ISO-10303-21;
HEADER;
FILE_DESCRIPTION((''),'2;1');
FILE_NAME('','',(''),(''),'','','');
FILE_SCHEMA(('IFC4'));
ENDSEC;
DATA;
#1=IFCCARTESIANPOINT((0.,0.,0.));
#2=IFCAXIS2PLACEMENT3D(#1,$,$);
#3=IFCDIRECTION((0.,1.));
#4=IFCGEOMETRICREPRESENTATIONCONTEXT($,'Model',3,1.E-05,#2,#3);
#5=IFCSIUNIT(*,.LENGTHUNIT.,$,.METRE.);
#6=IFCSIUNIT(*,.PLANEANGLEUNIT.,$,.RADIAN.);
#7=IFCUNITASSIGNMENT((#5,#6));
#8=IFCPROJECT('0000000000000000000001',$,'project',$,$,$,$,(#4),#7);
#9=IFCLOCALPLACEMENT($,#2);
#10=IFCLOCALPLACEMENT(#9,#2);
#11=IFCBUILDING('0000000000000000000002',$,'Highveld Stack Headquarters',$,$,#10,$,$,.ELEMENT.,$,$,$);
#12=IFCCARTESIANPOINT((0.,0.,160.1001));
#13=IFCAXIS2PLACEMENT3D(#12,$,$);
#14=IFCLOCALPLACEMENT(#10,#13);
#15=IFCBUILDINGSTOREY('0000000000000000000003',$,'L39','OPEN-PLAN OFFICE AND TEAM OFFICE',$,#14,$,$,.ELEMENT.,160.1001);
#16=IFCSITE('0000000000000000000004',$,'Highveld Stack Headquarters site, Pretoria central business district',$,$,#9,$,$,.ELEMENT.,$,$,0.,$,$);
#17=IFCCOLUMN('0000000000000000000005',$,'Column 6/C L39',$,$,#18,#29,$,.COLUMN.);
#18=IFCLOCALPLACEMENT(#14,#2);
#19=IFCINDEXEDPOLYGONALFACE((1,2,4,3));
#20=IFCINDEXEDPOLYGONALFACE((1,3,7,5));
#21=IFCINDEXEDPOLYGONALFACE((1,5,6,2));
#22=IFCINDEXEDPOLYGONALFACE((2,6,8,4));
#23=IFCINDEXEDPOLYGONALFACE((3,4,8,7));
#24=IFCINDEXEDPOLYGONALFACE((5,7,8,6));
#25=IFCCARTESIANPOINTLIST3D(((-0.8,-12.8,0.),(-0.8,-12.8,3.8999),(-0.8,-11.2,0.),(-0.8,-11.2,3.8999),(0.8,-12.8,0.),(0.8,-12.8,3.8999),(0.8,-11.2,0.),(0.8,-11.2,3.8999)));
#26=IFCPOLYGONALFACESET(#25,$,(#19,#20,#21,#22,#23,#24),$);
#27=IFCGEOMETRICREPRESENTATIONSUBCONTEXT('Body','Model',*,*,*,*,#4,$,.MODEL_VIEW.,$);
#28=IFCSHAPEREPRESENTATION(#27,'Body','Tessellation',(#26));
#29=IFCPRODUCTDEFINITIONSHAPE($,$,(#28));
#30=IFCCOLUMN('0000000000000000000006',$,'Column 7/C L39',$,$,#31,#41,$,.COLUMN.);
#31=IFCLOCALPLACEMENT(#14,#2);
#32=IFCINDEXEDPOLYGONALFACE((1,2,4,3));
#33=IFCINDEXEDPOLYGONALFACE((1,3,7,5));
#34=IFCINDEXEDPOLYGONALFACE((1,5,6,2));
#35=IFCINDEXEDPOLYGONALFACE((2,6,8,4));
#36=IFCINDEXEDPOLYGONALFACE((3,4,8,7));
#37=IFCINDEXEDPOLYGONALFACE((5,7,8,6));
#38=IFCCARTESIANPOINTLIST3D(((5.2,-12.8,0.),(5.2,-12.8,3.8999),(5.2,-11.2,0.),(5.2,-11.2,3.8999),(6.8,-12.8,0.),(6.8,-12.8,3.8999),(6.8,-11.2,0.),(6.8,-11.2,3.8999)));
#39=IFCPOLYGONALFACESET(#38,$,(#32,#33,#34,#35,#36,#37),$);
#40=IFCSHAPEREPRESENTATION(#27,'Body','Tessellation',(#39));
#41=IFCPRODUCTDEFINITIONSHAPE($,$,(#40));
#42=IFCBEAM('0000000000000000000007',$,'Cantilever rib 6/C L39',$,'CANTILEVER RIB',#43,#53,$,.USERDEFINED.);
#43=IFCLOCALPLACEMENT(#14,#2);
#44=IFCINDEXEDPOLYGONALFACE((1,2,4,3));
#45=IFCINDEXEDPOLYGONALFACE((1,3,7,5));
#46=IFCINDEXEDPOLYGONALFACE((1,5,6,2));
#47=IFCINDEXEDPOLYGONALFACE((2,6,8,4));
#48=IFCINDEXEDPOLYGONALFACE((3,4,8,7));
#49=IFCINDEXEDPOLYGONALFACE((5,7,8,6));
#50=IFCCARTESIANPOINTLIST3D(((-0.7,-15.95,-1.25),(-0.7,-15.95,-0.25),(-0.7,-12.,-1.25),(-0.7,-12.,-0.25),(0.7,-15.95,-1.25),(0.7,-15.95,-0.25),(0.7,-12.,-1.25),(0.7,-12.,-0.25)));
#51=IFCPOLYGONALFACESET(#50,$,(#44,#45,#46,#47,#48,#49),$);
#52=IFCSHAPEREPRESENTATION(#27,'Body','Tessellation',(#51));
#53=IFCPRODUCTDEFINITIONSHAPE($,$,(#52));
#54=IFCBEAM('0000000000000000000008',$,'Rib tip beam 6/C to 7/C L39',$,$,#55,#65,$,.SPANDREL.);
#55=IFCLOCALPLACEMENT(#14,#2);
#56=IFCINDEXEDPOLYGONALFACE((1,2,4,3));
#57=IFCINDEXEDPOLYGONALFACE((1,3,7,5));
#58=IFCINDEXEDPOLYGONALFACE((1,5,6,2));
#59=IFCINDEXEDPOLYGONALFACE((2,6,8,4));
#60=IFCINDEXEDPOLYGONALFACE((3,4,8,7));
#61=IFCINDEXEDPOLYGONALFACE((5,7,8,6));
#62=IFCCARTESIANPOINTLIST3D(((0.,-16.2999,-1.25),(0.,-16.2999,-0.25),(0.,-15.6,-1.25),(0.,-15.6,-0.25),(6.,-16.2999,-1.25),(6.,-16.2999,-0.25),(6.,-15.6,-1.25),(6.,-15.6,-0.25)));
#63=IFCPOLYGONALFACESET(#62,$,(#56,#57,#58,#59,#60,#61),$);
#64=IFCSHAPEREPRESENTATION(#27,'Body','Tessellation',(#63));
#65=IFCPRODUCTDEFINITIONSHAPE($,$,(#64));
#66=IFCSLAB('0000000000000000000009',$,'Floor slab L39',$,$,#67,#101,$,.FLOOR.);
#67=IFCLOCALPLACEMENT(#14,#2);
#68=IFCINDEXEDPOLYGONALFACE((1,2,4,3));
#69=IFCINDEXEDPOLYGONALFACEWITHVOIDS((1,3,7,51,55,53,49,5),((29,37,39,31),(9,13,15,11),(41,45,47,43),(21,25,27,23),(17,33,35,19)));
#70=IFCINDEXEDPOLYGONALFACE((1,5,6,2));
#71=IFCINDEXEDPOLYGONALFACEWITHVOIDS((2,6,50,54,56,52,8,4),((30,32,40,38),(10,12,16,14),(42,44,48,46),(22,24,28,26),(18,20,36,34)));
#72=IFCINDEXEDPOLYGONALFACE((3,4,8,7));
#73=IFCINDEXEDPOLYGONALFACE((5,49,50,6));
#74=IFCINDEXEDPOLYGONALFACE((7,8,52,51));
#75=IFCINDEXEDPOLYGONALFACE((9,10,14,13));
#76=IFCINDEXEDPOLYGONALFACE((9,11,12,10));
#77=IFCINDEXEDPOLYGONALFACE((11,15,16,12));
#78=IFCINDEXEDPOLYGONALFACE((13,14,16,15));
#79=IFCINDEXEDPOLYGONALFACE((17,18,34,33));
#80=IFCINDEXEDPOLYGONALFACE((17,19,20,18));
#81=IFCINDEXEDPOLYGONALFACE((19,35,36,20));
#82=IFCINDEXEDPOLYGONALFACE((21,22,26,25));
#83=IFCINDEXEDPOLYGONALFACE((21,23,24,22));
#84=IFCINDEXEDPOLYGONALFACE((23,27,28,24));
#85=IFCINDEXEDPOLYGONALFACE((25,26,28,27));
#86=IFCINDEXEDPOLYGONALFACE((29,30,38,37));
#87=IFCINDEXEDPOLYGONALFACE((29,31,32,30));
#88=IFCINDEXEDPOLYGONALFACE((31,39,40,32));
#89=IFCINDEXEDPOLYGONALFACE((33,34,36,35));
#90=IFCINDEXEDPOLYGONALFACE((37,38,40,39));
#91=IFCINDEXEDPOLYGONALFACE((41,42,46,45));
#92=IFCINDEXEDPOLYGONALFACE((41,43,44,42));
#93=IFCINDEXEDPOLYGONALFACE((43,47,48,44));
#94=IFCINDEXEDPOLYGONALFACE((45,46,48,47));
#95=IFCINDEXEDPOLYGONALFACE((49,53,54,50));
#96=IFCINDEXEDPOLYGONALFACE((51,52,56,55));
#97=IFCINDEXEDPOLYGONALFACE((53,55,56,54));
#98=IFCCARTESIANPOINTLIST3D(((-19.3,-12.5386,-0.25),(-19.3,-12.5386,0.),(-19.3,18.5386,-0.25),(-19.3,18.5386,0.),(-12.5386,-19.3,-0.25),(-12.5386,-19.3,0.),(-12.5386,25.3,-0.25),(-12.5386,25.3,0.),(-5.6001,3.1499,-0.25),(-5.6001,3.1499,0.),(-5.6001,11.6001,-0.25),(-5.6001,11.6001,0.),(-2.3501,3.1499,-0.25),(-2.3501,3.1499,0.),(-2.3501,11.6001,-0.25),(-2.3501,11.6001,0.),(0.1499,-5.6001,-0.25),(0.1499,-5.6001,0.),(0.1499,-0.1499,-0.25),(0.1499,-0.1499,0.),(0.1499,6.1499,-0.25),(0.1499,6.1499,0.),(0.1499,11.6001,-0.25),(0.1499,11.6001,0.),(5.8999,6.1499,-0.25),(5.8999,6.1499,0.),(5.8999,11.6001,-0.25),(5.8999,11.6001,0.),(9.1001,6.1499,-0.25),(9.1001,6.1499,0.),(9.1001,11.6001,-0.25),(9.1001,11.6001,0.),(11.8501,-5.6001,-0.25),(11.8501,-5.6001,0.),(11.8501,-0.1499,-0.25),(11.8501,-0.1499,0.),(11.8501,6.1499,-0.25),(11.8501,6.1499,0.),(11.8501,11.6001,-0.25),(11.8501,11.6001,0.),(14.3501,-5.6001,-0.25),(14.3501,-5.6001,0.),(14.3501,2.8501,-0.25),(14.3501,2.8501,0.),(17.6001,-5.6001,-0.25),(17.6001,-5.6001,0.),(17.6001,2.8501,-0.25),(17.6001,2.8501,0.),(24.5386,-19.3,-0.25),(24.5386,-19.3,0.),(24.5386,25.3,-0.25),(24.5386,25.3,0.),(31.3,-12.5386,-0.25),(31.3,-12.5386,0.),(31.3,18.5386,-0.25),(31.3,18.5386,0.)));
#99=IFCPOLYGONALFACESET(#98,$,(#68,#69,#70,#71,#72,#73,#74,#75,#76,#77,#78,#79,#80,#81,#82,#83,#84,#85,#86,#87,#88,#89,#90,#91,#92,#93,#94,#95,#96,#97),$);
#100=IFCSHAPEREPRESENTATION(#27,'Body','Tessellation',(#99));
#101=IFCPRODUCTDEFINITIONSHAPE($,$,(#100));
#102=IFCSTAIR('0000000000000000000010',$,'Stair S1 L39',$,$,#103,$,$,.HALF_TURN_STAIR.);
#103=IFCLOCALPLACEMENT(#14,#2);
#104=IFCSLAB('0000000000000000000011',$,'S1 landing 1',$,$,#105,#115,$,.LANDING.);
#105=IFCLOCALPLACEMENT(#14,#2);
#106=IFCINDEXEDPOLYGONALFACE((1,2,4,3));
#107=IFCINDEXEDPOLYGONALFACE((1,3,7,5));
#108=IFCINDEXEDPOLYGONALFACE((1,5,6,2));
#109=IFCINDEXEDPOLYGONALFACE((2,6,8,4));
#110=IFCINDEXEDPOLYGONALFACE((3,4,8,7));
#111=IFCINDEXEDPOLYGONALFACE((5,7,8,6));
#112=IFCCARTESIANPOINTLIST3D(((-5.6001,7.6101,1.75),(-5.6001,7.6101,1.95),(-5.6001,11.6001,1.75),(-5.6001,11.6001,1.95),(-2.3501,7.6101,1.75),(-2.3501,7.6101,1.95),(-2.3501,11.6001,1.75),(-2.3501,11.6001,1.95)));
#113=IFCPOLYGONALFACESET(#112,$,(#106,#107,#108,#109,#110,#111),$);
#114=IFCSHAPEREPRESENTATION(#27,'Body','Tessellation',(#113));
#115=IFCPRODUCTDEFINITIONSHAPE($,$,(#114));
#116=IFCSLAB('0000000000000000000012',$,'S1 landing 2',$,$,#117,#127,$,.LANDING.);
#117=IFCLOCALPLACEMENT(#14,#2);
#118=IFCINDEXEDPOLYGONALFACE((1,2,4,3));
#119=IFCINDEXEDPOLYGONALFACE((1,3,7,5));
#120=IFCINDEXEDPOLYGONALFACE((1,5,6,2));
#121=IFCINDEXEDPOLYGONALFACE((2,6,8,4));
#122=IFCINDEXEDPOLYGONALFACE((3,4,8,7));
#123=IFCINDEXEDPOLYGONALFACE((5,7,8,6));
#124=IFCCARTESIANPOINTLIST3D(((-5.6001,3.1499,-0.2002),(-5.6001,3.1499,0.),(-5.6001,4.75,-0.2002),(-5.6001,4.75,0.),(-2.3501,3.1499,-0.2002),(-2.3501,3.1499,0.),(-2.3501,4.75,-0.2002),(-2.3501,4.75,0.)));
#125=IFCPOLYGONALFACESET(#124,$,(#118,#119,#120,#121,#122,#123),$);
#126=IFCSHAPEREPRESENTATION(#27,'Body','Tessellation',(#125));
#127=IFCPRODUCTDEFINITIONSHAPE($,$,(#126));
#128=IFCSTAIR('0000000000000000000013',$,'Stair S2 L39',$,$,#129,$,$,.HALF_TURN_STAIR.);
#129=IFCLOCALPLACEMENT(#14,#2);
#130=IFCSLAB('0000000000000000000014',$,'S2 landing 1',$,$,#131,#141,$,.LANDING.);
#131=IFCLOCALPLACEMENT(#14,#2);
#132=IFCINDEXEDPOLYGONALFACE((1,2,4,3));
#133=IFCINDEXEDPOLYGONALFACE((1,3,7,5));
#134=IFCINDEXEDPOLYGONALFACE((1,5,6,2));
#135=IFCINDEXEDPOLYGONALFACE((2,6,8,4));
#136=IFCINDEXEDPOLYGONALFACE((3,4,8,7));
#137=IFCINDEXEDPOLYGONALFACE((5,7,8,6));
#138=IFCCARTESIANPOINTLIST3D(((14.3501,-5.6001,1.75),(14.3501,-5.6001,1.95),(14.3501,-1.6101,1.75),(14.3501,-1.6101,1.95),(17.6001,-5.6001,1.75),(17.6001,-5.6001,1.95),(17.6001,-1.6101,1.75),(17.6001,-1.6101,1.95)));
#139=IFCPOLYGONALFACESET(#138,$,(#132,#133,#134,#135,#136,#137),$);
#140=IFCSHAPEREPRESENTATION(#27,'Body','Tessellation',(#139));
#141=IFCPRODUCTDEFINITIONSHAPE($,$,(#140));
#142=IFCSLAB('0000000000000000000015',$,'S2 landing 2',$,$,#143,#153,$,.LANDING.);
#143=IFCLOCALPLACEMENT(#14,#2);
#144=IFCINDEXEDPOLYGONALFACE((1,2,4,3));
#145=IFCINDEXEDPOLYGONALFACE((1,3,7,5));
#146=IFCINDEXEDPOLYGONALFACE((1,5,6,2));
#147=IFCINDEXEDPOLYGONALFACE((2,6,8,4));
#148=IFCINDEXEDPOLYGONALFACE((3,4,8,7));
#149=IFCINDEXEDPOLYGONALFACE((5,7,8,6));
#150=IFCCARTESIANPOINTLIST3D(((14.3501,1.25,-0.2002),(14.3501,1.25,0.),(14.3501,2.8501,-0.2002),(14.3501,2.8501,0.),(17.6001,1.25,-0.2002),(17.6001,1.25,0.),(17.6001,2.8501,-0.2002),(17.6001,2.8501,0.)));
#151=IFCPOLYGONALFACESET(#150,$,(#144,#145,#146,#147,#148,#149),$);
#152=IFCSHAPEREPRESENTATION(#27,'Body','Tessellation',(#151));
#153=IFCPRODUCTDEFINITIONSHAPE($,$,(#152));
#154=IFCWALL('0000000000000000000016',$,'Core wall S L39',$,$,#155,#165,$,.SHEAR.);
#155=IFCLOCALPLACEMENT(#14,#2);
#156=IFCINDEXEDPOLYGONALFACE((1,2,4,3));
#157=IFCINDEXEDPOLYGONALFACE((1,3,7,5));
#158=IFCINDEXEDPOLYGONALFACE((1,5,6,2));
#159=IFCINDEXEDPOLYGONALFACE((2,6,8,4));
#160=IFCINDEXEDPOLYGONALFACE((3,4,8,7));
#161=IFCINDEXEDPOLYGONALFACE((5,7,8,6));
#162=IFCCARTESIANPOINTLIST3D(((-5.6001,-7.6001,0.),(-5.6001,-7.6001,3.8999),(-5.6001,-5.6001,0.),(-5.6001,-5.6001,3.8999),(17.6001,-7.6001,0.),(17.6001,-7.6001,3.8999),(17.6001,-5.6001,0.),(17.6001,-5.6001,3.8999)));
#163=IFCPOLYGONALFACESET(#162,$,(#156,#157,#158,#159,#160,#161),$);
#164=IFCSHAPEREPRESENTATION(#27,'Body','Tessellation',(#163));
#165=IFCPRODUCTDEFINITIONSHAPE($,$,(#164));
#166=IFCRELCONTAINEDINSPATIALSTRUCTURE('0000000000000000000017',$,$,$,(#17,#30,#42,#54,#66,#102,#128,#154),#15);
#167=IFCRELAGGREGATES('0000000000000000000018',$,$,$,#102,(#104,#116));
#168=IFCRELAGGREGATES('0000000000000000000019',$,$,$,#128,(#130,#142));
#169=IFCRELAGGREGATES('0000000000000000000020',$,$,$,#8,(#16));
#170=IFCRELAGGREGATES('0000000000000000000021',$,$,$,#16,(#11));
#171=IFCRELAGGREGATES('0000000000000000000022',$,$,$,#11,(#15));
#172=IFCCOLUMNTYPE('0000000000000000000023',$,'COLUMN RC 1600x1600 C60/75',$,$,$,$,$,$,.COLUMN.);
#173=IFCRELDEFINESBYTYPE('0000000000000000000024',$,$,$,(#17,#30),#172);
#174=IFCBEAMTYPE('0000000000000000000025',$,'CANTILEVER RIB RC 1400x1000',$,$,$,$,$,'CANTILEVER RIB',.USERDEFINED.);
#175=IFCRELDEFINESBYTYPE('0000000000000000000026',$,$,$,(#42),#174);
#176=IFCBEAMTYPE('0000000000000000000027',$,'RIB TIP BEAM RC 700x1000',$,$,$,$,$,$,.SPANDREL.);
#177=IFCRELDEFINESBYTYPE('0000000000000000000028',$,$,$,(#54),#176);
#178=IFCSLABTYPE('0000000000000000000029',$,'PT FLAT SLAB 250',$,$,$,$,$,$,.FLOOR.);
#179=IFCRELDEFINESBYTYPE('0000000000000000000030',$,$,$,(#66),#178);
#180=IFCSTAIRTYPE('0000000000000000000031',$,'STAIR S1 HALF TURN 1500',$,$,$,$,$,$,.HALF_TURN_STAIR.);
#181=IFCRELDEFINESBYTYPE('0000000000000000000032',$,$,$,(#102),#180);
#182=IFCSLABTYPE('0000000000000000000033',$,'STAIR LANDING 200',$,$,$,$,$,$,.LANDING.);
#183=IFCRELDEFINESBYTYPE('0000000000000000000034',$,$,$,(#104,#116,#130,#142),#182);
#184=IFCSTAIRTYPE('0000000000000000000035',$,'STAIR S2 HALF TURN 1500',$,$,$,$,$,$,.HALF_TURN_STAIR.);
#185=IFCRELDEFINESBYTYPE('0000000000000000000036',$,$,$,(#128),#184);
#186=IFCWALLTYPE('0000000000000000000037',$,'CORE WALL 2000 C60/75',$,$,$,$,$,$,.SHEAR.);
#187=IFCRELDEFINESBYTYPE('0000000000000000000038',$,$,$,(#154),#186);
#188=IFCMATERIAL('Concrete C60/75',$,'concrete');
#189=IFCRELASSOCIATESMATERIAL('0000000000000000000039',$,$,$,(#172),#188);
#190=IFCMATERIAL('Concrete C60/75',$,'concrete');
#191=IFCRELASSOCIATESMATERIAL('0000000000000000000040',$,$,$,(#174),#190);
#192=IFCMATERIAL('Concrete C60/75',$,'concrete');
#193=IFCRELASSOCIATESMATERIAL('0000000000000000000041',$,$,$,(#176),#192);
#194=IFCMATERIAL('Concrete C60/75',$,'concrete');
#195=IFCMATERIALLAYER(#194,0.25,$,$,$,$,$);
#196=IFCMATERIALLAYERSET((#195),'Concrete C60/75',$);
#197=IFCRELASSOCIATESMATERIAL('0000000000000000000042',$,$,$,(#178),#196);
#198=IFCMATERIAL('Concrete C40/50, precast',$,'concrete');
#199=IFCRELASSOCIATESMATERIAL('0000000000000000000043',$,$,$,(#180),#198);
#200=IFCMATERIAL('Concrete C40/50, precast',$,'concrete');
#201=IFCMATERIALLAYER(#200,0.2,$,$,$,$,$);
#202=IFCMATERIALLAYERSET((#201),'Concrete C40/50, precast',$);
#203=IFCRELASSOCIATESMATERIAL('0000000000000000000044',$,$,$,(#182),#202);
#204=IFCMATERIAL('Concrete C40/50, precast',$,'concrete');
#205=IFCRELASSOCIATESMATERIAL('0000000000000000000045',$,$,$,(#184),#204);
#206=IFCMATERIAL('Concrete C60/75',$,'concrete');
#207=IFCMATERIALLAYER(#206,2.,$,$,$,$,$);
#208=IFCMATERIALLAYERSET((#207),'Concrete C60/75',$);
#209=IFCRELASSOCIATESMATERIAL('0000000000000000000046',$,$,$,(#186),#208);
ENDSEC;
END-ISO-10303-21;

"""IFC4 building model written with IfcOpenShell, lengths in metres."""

from ifc_helpers import new_model, si_unit, direction, frame, frame_2d, origin, origin_2d, place, context, subcontext, project, spatial, polyline, rectangle, outline, extrude, material, layer, layer_set, material_profile, profile_set, type_object, element, aggregate, save


model = new_model("IFC4")

# Units and contexts
model_context = context("Model", 3, precision=1e-05, world=origin(), true_north=direction((0.0, 1.0)))
body_context = subcontext(model_context, "Body", "Model", "MODEL_VIEW")
ifc_project = project(units=[si_unit("LENGTHUNIT", "METRE"), si_unit("PLANEANGLEUNIT", "RADIAN")], contexts=[model_context])

# Site, building, storey
site_placement = place(None, origin())
site = spatial("IfcSite", under=ifc_project, at=site_placement, Name="Highveld Stack Headquarters site, Pretoria central business district", CompositionType="ELEMENT", RefElevation=0.0)
building_placement = place(site_placement, origin())
building = spatial("IfcBuilding", under=site, at=building_placement, Name="Highveld Stack Headquarters", CompositionType="ELEMENT")
storey_placement = place(building_placement, frame((0.0, 0.0, 160.1001)))
storey = spatial("IfcBuildingStorey", under=building, at=storey_placement, Name="L39", Description="OPEN-PLAN OFFICE AND TEAM OFFICE", CompositionType="ELEMENT", Elevation=160.1001)

# Columns
ifc_material_1 = material(Name="Concrete C60/75", Category="concrete")
ifc_material_profile_1 = material_profile(ifc_material_1, rectangle(XDim=1.6001, YDim=1.6001, at=origin_2d()), Name="RC 1600x1600")
ifc_profile_set_1 = profile_set([ifc_material_profile_1], Name="Concrete C60/75")
column_type = type_object("IfcColumnType", Name="COLUMN RC 1600x1600 C60/75", PredefinedType="COLUMN", material=ifc_profile_set_1)
for number, where, z_axis, x_axis, name in (
    (1, (0.0, -12.0, 0.0), (0.0, 0.0, 1.0), (1.0, 0.0, 0.0), "Column 6/C L39"),
    (2, (6.0, -12.0, 0.0), (0.0, 0.0, 1.0), (1.0, 0.0, 0.0), "Column 7/C L39"),
):
    element("IfcColumn", number, at=place(storey_placement, frame(where, z_axis=z_axis, x_axis=x_axis)), inside=storey, type_object=column_type, Name=name, PredefinedType="COLUMN", context=body_context, shape_type="SweptSolid", body=[
        extrude(rectangle(XDim=1.6001, YDim=1.6001, at=origin_2d()), origin(), (0.0, 0.0, 1.0), 3.8999),
    ])

# Beams
ifc_material_2 = material(Name="Concrete C60/75", Category="concrete")
ifc_material_profile_2 = material_profile(ifc_material_2, rectangle(XDim=1.3999, YDim=1.0, at=origin_2d()), Name="RC 1400x1000")
ifc_profile_set_2 = profile_set([ifc_material_profile_2], Name="Concrete C60/75")
beam_type_1 = type_object("IfcBeamType", Name="CANTILEVER RIB RC 1400x1000", ElementType="CANTILEVER RIB", PredefinedType="USERDEFINED", material=ifc_profile_set_2)
beam_1_placement = place(storey_placement, frame((0.0, -12.0, -0.75), z_axis=(0.0, -1.0, 0.0), x_axis=(1.0, 0.0, 0.0)))
element("IfcBeam", 3, at=beam_1_placement, inside=storey, type_object=beam_type_1, Name="Cantilever rib 6/C L39", ObjectType="CANTILEVER RIB", PredefinedType="USERDEFINED", context=body_context, shape_type="SweptSolid", body=[
    extrude(rectangle(XDim=1.3999, YDim=1.0, at=origin_2d()), origin(), (0.0, 0.0, 1.0), 3.95),
])
ifc_material_3 = material(Name="Concrete C60/75", Category="concrete")
ifc_material_profile_3 = material_profile(ifc_material_3, rectangle(XDim=0.7, YDim=1.0, at=origin_2d()), Name="RC 700x1000")
ifc_profile_set_3 = profile_set([ifc_material_profile_3], Name="Concrete C60/75")
beam_type_2 = type_object("IfcBeamType", Name="RIB TIP BEAM RC 700x1000", PredefinedType="SPANDREL", material=ifc_profile_set_3)
beam_2_placement = place(storey_placement, frame((0.0, -15.95, -0.75), z_axis=(1.0, 0.0, 0.0), x_axis=(0.0, 1.0, 0.0)))
element("IfcBeam", 4, at=beam_2_placement, inside=storey, type_object=beam_type_2, Name="Rib tip beam 6/C to 7/C L39", PredefinedType="SPANDREL", context=body_context, shape_type="SweptSolid", body=[
    extrude(rectangle(XDim=0.7, YDim=1.0, at=origin_2d()), origin(), (0.0, 0.0, 1.0), 6.0),
])

# Slab
ifc_material_4 = material(Name="Concrete C60/75", Category="concrete")
ifc_layer_1 = layer(ifc_material_4, 0.25)
ifc_layer_set_1 = layer_set([ifc_layer_1], Name="Concrete C60/75")
slab_type_1 = type_object("IfcSlabType", Name="PT FLAT SLAB 250", PredefinedType="FLOOR", material=ifc_layer_set_1)
slab_1_placement = place(storey_placement, frame((0.0, 0.0, -0.25)))
element("IfcSlab", 5, at=slab_1_placement, inside=storey, type_object=slab_type_1, Name="Floor slab L39", PredefinedType="FLOOR", context=body_context, shape_type="SweptSolid", body=[
    extrude(outline(polyline([(-12.5386, -19.3), (24.5386, -19.3), (31.3, -12.5386), (31.3, 18.5386), (24.5386, 25.3), (-12.5386, 25.3), (-19.3, 18.5386), (-19.3, -12.5386), (-12.5386, -19.3)]), holes=[polyline([(0.1499, 6.1499), (5.8999, 6.1499), (5.8999, 11.6001), (0.1499, 11.6001), (0.1499, 6.1499)]), polyline([(9.1001, 6.1499), (11.8501, 6.1499), (11.8501, 11.6001), (9.1001, 11.6001), (9.1001, 6.1499)]), polyline([(0.1499, -5.6001), (11.8501, -5.6001), (11.8501, -0.1499), (0.1499, -0.1499), (0.1499, -5.6001)]), polyline([(-5.6001, 3.1499), (-2.3501, 3.1499), (-2.3501, 11.6001), (-5.6001, 11.6001), (-5.6001, 3.1499)]), polyline([(14.3501, -5.6001), (17.6001, -5.6001), (17.6001, 2.8501), (14.3501, 2.8501), (14.3501, -5.6001)])]), origin(), (0.0, 0.0, 1.0), 0.25),
])

# Stairs, slabs
ifc_material_5 = material(Name="Concrete C40/50, precast", Category="concrete")
stair_type_1 = type_object("IfcStairType", Name="STAIR S1 HALF TURN 1500", PredefinedType="HALF_TURN_STAIR", material=ifc_material_5)
stair_1_placement = place(storey_placement, origin())
stair_1 = element("IfcStair", 6, at=stair_1_placement, inside=storey, type_object=stair_type_1, Name="Stair S1 L39", PredefinedType="HALF_TURN_STAIR")
ifc_material_6 = material(Name="Concrete C40/50, precast", Category="concrete")
ifc_layer_2 = layer(ifc_material_6, 0.2)
ifc_layer_set_2 = layer_set([ifc_layer_2], Name="Concrete C40/50, precast")
slab_type_2 = type_object("IfcSlabType", Name="STAIR LANDING 200", PredefinedType="LANDING", material=ifc_layer_set_2)
slab_2_placement = place(storey_placement, frame((0.0, 0.0, 1.75)))
slab_2 = element("IfcSlab", 7, at=slab_2_placement, type_object=slab_type_2, Name="S1 landing 1", PredefinedType="LANDING", context=body_context, shape_type="SweptSolid", body=[
    extrude(outline(polyline([(-5.6001, 7.6101), (-2.3501, 7.6101), (-2.3501, 11.6001), (-5.6001, 11.6001), (-5.6001, 7.6101)])), origin(), (0.0, 0.0, 1.0), 0.2),
])
slab_3_placement = place(storey_placement, frame((0.0, 0.0, -0.2002)))
slab_3 = element("IfcSlab", 8, at=slab_3_placement, type_object=slab_type_2, Name="S1 landing 2", PredefinedType="LANDING", context=body_context, shape_type="SweptSolid", body=[
    extrude(outline(polyline([(-5.6001, 3.1499), (-2.3501, 3.1499), (-2.3501, 4.75), (-5.6001, 4.75), (-5.6001, 3.1499)])), origin(), (0.0, 0.0, 1.0), 0.2002),
])
aggregate(stair_1, [slab_2, slab_3])
ifc_material_7 = material(Name="Concrete C40/50, precast", Category="concrete")
stair_type_2 = type_object("IfcStairType", Name="STAIR S2 HALF TURN 1500", PredefinedType="HALF_TURN_STAIR", material=ifc_material_7)
stair_2_placement = place(storey_placement, origin())
stair_2 = element("IfcStair", 9, at=stair_2_placement, inside=storey, type_object=stair_type_2, Name="Stair S2 L39", PredefinedType="HALF_TURN_STAIR")
slab_4_placement = place(storey_placement, frame((0.0, 0.0, 1.75)))
slab_4 = element("IfcSlab", 10, at=slab_4_placement, type_object=slab_type_2, Name="S2 landing 1", PredefinedType="LANDING", context=body_context, shape_type="SweptSolid", body=[
    extrude(outline(polyline([(14.3501, -5.6001), (17.6001, -5.6001), (17.6001, -1.6101), (14.3501, -1.6101), (14.3501, -5.6001)])), origin(), (0.0, 0.0, 1.0), 0.2),
])
slab_5_placement = place(storey_placement, frame((0.0, 0.0, -0.2002)))
slab_5 = element("IfcSlab", 11, at=slab_5_placement, type_object=slab_type_2, Name="S2 landing 2", PredefinedType="LANDING", context=body_context, shape_type="SweptSolid", body=[
    extrude(outline(polyline([(14.3501, 1.25), (17.6001, 1.25), (17.6001, 2.8501), (14.3501, 2.8501), (14.3501, 1.25)])), origin(), (0.0, 0.0, 1.0), 0.2002),
])
aggregate(stair_2, [slab_4, slab_5])

# Wall
ifc_material_8 = material(Name="Concrete C60/75", Category="concrete")
ifc_layer_3 = layer(ifc_material_8, 2.0)
ifc_layer_set_3 = layer_set([ifc_layer_3], Name="Concrete C60/75")
wall_type_1 = type_object("IfcWallType", Name="CORE WALL 2000 C60/75", PredefinedType="SHEAR", material=ifc_layer_set_3)
wall_1_placement = place(storey_placement, frame((-5.6001, -6.6001, 0.0), z_axis=(0.0, 0.0, 1.0), x_axis=(1.0, 0.0, 0.0)))
element("IfcWall", 12, at=wall_1_placement, inside=storey, type_object=wall_type_1, Name="Core wall S L39", PredefinedType="SHEAR", context=body_context, shape_type="SweptSolid", body=[
    extrude(rectangle(XDim=23.2002, YDim=2.0, at=frame_2d((11.6001, 0.0))), origin(), (0.0, 0.0, 1.0), 3.8999),
])

save(model, "model.ifc")
